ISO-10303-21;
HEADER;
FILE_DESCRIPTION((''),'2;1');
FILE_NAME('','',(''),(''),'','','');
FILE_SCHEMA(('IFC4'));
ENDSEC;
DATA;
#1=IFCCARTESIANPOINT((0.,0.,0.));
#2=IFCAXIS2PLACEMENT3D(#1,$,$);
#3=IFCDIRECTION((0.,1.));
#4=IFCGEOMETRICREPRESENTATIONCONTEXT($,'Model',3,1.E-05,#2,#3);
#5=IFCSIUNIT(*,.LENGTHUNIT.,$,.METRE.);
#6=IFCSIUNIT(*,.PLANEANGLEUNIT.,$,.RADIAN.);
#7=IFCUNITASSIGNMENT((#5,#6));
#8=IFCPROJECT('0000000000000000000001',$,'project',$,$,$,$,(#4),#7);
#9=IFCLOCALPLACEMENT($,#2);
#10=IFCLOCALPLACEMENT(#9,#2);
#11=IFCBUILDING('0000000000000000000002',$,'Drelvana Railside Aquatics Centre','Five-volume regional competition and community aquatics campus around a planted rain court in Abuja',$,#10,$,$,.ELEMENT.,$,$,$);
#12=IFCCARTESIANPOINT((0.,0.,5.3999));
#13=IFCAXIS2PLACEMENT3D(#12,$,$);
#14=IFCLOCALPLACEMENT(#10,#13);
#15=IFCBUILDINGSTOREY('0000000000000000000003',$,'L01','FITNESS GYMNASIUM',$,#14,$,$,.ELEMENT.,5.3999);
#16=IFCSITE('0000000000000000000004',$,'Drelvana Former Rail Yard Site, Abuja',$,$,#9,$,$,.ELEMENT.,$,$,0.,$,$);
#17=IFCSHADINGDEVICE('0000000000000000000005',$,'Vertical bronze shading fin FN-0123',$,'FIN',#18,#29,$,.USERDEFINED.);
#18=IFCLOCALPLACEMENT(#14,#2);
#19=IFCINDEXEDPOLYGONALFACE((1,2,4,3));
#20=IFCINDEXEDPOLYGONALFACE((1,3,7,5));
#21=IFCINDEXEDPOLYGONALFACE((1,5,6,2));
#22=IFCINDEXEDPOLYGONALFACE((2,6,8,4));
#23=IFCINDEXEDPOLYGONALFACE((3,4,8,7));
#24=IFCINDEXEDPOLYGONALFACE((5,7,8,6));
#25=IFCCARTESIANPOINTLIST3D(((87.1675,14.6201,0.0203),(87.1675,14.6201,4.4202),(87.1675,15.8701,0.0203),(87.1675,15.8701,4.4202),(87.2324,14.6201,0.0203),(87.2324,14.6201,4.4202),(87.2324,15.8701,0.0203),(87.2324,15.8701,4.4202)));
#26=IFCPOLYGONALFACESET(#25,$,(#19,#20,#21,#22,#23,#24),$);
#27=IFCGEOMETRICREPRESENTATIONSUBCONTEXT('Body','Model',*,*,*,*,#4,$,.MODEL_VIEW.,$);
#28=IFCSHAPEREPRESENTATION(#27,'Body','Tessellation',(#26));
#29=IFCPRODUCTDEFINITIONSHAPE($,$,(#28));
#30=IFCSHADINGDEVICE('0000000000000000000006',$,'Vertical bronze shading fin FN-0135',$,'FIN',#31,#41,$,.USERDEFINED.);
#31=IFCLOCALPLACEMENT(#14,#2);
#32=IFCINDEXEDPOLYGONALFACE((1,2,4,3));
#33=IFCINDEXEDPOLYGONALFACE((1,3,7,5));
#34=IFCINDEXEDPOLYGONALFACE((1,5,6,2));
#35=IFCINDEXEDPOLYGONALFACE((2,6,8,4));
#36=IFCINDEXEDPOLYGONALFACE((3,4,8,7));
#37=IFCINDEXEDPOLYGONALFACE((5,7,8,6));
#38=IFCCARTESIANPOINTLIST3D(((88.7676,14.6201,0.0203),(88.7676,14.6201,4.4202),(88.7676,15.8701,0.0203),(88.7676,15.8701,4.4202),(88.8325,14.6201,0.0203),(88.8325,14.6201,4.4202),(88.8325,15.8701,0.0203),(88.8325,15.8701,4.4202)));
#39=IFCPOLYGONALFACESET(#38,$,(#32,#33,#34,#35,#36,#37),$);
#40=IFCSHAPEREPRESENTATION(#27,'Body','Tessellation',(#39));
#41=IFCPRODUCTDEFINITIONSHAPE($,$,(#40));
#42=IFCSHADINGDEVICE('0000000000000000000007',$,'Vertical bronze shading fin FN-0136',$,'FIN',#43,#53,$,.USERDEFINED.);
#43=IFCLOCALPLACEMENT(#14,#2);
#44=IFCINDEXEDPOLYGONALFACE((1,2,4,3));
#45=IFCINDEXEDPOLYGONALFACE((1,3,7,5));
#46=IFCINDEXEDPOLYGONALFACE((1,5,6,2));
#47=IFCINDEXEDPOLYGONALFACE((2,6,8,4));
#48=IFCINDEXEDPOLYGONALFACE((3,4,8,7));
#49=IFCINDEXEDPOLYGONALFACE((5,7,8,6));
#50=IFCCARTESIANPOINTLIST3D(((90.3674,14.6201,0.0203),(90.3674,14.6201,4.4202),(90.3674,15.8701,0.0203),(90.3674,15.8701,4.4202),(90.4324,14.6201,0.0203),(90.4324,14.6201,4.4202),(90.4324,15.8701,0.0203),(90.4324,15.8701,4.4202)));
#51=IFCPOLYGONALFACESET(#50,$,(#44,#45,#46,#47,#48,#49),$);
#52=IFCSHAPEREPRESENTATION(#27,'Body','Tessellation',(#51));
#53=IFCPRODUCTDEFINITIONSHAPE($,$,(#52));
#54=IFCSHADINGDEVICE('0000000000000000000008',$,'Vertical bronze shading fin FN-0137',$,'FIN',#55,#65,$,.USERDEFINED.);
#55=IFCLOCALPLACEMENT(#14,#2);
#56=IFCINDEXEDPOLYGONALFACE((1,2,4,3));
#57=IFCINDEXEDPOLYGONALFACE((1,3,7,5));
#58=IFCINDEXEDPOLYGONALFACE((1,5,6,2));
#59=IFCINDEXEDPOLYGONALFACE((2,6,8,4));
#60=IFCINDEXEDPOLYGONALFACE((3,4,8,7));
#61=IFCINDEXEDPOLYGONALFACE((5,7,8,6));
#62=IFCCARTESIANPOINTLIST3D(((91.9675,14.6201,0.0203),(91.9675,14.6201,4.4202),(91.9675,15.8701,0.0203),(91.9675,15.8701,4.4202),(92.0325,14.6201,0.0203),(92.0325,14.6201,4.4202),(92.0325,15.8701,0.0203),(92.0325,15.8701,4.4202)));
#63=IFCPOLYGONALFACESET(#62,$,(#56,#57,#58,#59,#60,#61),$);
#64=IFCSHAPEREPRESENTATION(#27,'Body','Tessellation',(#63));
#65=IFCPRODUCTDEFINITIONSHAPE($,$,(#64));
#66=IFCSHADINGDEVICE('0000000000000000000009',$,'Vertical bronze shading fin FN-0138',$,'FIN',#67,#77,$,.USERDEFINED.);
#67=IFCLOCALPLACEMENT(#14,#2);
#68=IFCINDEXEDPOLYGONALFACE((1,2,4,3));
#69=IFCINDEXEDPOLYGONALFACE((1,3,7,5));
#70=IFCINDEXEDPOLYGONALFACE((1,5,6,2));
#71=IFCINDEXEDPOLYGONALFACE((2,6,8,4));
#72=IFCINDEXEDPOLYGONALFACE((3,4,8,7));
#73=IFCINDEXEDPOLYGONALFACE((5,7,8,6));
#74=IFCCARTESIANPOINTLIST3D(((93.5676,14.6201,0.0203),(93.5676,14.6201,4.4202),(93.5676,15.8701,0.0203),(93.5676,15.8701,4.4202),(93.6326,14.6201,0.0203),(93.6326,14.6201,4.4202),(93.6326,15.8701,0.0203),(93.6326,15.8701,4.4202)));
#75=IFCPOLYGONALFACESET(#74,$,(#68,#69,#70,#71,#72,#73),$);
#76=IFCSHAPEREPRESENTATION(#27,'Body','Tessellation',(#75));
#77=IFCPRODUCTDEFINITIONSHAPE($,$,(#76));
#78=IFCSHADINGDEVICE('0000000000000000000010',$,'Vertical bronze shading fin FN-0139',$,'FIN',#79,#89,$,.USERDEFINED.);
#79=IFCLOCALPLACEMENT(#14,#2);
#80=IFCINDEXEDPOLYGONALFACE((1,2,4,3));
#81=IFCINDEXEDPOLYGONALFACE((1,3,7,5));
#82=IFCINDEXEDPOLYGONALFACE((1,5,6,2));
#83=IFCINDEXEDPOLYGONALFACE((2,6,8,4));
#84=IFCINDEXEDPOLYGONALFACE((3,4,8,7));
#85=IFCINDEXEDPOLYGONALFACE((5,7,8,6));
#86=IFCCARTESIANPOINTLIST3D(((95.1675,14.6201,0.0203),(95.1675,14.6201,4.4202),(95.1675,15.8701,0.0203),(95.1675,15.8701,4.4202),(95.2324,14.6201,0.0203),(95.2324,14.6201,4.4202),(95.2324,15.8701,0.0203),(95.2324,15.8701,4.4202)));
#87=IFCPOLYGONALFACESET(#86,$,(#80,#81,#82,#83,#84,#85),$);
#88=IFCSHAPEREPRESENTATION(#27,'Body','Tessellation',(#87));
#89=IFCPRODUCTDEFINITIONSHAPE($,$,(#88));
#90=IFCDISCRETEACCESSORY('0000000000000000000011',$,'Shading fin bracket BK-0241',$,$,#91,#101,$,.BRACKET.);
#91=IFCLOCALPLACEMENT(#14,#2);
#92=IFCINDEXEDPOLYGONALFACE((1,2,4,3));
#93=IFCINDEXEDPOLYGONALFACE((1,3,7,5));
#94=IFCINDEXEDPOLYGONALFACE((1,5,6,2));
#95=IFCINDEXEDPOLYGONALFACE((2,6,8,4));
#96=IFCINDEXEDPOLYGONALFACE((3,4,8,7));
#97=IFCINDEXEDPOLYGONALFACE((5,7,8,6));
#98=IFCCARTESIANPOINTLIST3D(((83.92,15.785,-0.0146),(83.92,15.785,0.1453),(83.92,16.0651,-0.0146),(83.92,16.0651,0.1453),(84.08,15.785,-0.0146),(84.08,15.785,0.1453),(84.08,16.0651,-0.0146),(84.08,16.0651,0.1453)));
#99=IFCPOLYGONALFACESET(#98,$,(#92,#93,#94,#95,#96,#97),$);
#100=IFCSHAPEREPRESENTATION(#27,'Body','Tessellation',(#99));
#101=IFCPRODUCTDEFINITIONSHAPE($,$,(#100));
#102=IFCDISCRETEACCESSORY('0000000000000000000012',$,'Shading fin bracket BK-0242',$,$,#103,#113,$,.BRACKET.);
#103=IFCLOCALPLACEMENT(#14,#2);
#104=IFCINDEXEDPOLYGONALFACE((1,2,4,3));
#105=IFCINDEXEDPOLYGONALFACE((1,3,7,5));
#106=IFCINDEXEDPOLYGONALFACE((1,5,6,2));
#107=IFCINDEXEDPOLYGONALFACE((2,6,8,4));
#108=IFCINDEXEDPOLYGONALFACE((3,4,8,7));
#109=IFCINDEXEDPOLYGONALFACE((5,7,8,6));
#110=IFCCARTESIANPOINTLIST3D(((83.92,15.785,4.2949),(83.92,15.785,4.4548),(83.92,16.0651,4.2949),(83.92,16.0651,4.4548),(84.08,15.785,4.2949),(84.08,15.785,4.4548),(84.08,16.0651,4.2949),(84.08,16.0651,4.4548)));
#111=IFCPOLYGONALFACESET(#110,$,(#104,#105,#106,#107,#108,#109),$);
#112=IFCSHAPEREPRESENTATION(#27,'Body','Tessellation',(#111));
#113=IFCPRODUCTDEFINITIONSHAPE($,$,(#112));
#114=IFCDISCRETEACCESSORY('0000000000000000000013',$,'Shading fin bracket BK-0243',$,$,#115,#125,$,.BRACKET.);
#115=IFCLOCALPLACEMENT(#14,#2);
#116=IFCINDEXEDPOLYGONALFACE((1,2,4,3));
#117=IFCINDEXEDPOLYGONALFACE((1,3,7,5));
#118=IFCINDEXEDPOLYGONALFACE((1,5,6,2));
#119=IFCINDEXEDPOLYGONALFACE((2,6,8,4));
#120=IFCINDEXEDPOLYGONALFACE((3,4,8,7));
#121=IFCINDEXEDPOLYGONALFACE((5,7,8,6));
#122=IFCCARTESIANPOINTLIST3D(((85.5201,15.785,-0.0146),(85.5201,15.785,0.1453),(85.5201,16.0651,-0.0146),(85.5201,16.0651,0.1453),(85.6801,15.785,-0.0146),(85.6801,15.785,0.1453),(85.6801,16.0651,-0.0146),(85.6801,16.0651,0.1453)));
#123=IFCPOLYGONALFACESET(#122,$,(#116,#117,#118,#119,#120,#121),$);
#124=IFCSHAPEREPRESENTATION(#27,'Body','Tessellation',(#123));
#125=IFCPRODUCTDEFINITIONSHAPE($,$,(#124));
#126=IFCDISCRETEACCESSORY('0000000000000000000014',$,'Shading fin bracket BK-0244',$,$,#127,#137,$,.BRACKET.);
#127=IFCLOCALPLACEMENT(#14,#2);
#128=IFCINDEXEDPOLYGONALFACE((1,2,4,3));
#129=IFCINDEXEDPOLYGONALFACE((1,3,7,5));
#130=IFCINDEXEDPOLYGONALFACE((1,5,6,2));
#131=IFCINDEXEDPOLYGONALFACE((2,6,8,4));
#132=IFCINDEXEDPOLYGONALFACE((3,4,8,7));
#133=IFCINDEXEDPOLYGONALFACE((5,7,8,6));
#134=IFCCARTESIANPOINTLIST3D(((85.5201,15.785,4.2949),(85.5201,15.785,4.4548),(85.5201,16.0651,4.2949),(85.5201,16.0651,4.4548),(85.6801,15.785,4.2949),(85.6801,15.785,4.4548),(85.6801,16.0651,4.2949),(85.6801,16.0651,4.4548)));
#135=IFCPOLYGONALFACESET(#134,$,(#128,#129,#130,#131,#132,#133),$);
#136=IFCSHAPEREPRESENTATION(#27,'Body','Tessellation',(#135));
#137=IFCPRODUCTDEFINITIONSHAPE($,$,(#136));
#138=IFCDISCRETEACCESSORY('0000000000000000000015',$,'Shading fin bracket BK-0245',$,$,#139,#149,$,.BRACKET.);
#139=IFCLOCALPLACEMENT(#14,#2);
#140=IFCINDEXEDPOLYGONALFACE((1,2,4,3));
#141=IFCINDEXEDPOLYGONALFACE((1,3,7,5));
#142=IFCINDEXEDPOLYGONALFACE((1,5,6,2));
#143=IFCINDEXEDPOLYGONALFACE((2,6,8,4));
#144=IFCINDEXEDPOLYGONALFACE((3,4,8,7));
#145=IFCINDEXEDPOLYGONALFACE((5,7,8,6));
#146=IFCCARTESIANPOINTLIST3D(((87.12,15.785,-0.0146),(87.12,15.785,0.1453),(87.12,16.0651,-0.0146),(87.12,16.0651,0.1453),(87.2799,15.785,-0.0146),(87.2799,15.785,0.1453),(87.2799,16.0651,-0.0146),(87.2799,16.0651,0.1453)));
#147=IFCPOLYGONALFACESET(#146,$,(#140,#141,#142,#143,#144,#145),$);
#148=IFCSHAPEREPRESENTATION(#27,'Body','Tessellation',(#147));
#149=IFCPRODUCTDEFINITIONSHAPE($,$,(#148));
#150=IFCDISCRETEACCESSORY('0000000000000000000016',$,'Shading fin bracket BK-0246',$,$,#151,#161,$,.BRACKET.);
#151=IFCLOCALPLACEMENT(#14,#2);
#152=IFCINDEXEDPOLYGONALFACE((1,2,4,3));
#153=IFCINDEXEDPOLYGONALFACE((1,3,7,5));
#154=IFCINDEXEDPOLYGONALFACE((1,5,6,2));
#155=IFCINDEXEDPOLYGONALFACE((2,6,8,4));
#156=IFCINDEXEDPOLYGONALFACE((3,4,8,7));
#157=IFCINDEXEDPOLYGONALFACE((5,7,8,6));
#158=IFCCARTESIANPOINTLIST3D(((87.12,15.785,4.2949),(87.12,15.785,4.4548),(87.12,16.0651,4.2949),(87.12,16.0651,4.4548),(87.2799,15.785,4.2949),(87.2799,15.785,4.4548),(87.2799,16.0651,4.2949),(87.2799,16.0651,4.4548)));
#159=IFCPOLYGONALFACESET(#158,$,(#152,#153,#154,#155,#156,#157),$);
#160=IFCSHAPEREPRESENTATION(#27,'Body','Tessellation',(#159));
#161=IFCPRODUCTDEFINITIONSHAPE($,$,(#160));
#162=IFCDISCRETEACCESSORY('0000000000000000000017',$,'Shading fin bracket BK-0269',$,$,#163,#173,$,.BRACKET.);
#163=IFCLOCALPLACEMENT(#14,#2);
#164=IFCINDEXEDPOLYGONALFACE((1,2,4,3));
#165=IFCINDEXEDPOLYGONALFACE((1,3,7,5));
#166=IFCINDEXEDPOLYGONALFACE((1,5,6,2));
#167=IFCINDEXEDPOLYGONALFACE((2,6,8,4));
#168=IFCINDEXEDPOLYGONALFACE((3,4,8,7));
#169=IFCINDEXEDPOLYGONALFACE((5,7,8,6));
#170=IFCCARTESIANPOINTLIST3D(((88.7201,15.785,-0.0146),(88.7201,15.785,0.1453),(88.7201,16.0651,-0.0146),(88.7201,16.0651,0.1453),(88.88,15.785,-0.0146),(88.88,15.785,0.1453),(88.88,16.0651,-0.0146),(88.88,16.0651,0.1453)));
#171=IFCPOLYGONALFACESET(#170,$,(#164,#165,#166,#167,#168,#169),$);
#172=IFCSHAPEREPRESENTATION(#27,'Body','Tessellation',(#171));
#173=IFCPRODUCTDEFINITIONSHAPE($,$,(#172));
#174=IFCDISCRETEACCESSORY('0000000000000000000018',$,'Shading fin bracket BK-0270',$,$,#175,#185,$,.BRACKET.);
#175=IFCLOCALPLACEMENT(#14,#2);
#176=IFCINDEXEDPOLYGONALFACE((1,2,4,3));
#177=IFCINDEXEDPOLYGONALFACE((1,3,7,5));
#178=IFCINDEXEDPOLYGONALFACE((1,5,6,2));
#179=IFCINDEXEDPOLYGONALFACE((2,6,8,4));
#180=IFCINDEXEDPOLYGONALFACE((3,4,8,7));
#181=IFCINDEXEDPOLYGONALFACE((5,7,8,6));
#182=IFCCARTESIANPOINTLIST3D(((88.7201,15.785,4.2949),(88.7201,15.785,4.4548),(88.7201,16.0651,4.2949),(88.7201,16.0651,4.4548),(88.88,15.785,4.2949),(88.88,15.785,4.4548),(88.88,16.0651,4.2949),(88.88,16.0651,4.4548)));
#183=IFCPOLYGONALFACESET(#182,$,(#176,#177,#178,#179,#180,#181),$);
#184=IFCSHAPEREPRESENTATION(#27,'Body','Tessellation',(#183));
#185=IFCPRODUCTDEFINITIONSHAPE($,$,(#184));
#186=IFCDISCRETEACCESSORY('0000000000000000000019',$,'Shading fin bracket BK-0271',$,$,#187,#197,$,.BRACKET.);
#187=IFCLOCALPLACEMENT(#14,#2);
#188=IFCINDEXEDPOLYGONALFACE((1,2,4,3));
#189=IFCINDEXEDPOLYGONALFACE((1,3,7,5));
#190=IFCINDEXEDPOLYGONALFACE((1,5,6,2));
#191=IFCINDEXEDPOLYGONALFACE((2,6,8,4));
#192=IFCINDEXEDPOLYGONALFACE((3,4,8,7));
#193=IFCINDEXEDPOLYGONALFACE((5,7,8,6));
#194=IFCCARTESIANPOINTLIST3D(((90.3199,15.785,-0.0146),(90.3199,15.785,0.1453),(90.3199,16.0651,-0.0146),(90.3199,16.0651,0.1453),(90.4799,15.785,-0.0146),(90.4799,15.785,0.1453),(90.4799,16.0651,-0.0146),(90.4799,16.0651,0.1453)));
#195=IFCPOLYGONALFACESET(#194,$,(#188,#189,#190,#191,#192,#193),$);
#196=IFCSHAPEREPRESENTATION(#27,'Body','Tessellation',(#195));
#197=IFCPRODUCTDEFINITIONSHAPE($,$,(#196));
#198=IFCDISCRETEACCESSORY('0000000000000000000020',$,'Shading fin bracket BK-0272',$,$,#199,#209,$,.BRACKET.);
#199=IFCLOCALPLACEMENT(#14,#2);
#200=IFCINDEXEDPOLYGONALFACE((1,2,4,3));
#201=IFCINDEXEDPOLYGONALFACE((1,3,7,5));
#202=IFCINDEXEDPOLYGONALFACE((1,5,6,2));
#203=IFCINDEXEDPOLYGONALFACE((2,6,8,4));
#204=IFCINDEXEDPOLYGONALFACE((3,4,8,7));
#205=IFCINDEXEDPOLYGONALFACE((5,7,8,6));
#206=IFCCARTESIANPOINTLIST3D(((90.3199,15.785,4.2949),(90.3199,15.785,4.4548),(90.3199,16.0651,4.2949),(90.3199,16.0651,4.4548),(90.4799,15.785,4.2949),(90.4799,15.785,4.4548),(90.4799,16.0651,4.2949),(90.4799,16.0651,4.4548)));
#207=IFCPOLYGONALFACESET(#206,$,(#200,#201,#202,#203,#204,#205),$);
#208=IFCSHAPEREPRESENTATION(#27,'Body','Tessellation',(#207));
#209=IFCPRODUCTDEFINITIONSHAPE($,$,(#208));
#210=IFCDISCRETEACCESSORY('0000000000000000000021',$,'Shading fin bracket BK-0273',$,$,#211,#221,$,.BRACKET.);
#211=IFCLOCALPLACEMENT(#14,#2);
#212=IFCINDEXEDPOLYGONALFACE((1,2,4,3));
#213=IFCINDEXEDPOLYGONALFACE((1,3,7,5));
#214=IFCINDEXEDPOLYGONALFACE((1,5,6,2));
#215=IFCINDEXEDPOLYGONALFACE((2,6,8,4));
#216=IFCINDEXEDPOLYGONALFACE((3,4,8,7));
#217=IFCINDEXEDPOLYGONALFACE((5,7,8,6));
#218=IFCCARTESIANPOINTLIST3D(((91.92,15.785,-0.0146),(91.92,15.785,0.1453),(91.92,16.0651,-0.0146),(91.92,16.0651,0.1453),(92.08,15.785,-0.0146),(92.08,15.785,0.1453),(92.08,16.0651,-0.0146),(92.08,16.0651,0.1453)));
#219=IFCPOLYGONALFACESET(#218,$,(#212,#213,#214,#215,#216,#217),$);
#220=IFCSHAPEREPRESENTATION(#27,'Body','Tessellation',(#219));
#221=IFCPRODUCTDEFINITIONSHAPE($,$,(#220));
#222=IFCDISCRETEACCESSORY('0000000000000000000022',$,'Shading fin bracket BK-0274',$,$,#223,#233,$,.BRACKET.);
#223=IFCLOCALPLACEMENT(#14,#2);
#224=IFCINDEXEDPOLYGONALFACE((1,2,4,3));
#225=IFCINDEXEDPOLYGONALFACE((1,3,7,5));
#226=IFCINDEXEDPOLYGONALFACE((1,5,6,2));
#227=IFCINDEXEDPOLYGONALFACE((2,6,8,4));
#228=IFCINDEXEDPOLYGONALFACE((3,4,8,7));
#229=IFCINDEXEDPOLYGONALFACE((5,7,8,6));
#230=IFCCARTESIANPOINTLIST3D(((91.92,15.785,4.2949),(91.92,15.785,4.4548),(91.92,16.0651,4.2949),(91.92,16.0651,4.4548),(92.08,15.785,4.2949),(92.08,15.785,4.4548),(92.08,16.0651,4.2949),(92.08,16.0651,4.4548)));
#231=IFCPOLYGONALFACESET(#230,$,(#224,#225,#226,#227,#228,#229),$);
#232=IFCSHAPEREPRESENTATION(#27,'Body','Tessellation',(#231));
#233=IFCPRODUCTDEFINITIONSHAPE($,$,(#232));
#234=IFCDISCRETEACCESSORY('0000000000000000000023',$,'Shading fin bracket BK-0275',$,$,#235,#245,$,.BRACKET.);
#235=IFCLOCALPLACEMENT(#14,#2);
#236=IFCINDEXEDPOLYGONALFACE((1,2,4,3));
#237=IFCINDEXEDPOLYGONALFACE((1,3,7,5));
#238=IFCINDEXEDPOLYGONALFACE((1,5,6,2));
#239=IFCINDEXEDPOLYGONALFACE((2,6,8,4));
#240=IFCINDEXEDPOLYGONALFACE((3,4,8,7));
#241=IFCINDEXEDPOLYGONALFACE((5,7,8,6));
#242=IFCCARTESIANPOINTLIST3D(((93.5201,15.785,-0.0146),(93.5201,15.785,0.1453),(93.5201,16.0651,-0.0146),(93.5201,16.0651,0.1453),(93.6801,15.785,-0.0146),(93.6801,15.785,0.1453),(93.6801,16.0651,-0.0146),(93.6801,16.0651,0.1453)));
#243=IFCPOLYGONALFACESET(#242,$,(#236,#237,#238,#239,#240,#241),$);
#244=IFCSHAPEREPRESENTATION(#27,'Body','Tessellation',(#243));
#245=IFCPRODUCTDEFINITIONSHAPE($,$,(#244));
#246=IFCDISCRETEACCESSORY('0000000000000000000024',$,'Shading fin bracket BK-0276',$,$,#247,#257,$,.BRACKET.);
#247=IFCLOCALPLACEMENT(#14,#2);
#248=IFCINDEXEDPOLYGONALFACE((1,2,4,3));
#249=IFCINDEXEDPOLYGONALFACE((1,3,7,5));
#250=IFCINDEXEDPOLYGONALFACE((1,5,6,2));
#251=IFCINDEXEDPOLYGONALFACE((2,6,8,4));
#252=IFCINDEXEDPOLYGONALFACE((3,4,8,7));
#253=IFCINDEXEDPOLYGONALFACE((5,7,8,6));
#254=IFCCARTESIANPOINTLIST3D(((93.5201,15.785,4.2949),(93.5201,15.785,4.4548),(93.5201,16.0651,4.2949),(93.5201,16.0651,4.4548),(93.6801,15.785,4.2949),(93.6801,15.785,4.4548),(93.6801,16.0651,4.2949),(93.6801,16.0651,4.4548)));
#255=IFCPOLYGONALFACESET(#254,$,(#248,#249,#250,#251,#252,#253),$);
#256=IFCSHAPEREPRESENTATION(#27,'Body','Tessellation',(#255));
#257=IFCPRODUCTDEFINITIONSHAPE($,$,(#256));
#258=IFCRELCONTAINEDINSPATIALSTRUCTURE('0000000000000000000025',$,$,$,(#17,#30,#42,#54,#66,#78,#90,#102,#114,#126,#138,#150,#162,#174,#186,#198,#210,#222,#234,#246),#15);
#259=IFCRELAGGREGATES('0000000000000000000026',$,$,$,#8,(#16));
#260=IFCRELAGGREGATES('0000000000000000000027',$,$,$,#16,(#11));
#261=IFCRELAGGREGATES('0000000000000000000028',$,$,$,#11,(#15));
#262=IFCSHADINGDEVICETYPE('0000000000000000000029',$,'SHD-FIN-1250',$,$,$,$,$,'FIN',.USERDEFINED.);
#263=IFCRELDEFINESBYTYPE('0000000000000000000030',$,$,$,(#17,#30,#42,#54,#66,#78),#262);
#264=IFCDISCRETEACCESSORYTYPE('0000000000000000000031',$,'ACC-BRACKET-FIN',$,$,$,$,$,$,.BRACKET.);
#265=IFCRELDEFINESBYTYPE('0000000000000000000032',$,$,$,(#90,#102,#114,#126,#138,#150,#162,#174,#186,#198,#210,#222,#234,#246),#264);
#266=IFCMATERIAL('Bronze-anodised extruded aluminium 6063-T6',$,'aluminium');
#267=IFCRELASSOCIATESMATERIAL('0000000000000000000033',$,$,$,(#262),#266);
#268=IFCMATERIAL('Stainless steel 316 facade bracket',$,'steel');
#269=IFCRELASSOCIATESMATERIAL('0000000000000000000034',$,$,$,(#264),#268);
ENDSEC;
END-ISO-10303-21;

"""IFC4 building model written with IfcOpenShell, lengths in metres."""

from ifc_helpers import new_model, si_unit, direction, frame, origin, origin_2d, place, context, subcontext, project, spatial, rectangle, extrude, material, type_object, element, save


model = new_model("IFC4")

# Units and contexts
model_context = context("Model", 3, precision=1e-05, world=origin(), true_north=direction((0.0, 1.0)))
body_context = subcontext(model_context, "Body", "Model", "MODEL_VIEW")
ifc_project = project(units=[si_unit("LENGTHUNIT", "METRE"), si_unit("PLANEANGLEUNIT", "RADIAN")], contexts=[model_context])

# Site, building, storey
site_placement = place(None, origin())
site = spatial("IfcSite", under=ifc_project, at=site_placement, Name="Drelvana Former Rail Yard Site, Abuja", CompositionType="ELEMENT", RefElevation=0.0)
building_placement = place(site_placement, origin())
building = spatial("IfcBuilding", under=site, at=building_placement, Name="Drelvana Railside Aquatics Centre", Description="Five-volume regional competition and community aquatics campus around a planted rain court in Abuja", CompositionType="ELEMENT")
storey_placement = place(building_placement, frame((0.0, 0.0, 5.3999)))
storey = spatial("IfcBuildingStorey", under=building, at=storey_placement, Name="L01", Description="FITNESS GYMNASIUM", CompositionType="ELEMENT", Elevation=5.3999)

# Shared definitions
ifc_material_1 = material(Name="Bronze-anodised extruded aluminium 6063-T6", Category="aluminium")

# Shading devices
shading_device_type = type_object("IfcShadingDeviceType", Name="SHD-FIN-1250", ElementType="FIN", PredefinedType="USERDEFINED", material=ifc_material_1)
for number, where, z_axis, x_axis, name in (
    (1, (87.2, 15.2451, 0.0203), (0.0, 0.0, 1.0), (0.0, -1.0, 0.0), "Vertical bronze shading fin FN-0123"),
    (2, (88.8, 15.2451, 0.0203), (0.0, 0.0, 1.0), (0.0, -1.0, 0.0), "Vertical bronze shading fin FN-0135"),
    (3, (90.3999, 15.2451, 0.0203), (0.0, 0.0, 1.0), (0.0, -1.0, 0.0), "Vertical bronze shading fin FN-0136"),
    (4, (92.0, 15.2451, 0.0203), (0.0, 0.0, 1.0), (0.0, -1.0, 0.0), "Vertical bronze shading fin FN-0137"),
    (5, (93.6001, 15.2451, 0.0203), (0.0, 0.0, 1.0), (0.0, -1.0, 0.0), "Vertical bronze shading fin FN-0138"),
    (6, (95.2, 15.2451, 0.0203), (0.0, 0.0, 1.0), (0.0, -1.0, 0.0), "Vertical bronze shading fin FN-0139"),
):
    element("IfcShadingDevice", number, at=place(storey_placement, frame(where, z_axis=z_axis, x_axis=x_axis)), inside=storey, type_object=shading_device_type, Name=name, ObjectType="FIN", PredefinedType="USERDEFINED", context=body_context, shape_type="SweptSolid", body=[
        extrude(rectangle(XDim=1.25, YDim=0.0649, at=origin_2d()), origin(), (0.0, 0.0, 1.0), 4.3999),
    ])

# Discrete accessories
ifc_material_2 = material(Name="Stainless steel 316 facade bracket", Category="steel")
discrete_accessory_type = type_object("IfcDiscreteAccessoryType", Name="ACC-BRACKET-FIN", PredefinedType="BRACKET", material=ifc_material_2)
for number, where, z_axis, x_axis, name in (
    (7, (84.0, 15.925, -0.0146), (0.0, 0.0, 1.0), (0.0, -1.0, 0.0), "Shading fin bracket BK-0241"),
    (8, (84.0, 15.925, 4.2949), (0.0, 0.0, 1.0), (0.0, -1.0, 0.0), "Shading fin bracket BK-0242"),
    (9, (85.6001, 15.925, -0.0146), (0.0, 0.0, 1.0), (0.0, -1.0, 0.0), "Shading fin bracket BK-0243"),
    (10, (85.6001, 15.925, 4.2949), (0.0, 0.0, 1.0), (0.0, -1.0, 0.0), "Shading fin bracket BK-0244"),
    (11, (87.2, 15.925, -0.0146), (0.0, 0.0, 1.0), (0.0, -1.0, 0.0), "Shading fin bracket BK-0245"),
    (12, (87.2, 15.925, 4.2949), (0.0, 0.0, 1.0), (0.0, -1.0, 0.0), "Shading fin bracket BK-0246"),
    (13, (88.8, 15.925, -0.0146), (0.0, 0.0, 1.0), (0.0, -1.0, 0.0), "Shading fin bracket BK-0269"),
    (14, (88.8, 15.925, 4.2949), (0.0, 0.0, 1.0), (0.0, -1.0, 0.0), "Shading fin bracket BK-0270"),
    (15, (90.3999, 15.925, -0.0146), (0.0, 0.0, 1.0), (0.0, -1.0, 0.0), "Shading fin bracket BK-0271"),
    (16, (90.3999, 15.925, 4.2949), (0.0, 0.0, 1.0), (0.0, -1.0, 0.0), "Shading fin bracket BK-0272"),
    (17, (92.0, 15.925, -0.0146), (0.0, 0.0, 1.0), (0.0, -1.0, 0.0), "Shading fin bracket BK-0273"),
    (18, (92.0, 15.925, 4.2949), (0.0, 0.0, 1.0), (0.0, -1.0, 0.0), "Shading fin bracket BK-0274"),
    (19, (93.6001, 15.925, -0.0146), (0.0, 0.0, 1.0), (0.0, -1.0, 0.0), "Shading fin bracket BK-0275"),
    (20, (93.6001, 15.925, 4.2949), (0.0, 0.0, 1.0), (0.0, -1.0, 0.0), "Shading fin bracket BK-0276"),
):
    element("IfcDiscreteAccessory", number, at=place(storey_placement, frame(where, z_axis=z_axis, x_axis=x_axis)), inside=storey, type_object=discrete_accessory_type, Name=name, PredefinedType="BRACKET", context=body_context, shape_type="SweptSolid", body=[
        extrude(rectangle(XDim=0.28, YDim=0.1599, at=origin_2d()), origin(), (0.0, 0.0, 1.0), 0.1599),
    ])

save(model, "model.ifc")
